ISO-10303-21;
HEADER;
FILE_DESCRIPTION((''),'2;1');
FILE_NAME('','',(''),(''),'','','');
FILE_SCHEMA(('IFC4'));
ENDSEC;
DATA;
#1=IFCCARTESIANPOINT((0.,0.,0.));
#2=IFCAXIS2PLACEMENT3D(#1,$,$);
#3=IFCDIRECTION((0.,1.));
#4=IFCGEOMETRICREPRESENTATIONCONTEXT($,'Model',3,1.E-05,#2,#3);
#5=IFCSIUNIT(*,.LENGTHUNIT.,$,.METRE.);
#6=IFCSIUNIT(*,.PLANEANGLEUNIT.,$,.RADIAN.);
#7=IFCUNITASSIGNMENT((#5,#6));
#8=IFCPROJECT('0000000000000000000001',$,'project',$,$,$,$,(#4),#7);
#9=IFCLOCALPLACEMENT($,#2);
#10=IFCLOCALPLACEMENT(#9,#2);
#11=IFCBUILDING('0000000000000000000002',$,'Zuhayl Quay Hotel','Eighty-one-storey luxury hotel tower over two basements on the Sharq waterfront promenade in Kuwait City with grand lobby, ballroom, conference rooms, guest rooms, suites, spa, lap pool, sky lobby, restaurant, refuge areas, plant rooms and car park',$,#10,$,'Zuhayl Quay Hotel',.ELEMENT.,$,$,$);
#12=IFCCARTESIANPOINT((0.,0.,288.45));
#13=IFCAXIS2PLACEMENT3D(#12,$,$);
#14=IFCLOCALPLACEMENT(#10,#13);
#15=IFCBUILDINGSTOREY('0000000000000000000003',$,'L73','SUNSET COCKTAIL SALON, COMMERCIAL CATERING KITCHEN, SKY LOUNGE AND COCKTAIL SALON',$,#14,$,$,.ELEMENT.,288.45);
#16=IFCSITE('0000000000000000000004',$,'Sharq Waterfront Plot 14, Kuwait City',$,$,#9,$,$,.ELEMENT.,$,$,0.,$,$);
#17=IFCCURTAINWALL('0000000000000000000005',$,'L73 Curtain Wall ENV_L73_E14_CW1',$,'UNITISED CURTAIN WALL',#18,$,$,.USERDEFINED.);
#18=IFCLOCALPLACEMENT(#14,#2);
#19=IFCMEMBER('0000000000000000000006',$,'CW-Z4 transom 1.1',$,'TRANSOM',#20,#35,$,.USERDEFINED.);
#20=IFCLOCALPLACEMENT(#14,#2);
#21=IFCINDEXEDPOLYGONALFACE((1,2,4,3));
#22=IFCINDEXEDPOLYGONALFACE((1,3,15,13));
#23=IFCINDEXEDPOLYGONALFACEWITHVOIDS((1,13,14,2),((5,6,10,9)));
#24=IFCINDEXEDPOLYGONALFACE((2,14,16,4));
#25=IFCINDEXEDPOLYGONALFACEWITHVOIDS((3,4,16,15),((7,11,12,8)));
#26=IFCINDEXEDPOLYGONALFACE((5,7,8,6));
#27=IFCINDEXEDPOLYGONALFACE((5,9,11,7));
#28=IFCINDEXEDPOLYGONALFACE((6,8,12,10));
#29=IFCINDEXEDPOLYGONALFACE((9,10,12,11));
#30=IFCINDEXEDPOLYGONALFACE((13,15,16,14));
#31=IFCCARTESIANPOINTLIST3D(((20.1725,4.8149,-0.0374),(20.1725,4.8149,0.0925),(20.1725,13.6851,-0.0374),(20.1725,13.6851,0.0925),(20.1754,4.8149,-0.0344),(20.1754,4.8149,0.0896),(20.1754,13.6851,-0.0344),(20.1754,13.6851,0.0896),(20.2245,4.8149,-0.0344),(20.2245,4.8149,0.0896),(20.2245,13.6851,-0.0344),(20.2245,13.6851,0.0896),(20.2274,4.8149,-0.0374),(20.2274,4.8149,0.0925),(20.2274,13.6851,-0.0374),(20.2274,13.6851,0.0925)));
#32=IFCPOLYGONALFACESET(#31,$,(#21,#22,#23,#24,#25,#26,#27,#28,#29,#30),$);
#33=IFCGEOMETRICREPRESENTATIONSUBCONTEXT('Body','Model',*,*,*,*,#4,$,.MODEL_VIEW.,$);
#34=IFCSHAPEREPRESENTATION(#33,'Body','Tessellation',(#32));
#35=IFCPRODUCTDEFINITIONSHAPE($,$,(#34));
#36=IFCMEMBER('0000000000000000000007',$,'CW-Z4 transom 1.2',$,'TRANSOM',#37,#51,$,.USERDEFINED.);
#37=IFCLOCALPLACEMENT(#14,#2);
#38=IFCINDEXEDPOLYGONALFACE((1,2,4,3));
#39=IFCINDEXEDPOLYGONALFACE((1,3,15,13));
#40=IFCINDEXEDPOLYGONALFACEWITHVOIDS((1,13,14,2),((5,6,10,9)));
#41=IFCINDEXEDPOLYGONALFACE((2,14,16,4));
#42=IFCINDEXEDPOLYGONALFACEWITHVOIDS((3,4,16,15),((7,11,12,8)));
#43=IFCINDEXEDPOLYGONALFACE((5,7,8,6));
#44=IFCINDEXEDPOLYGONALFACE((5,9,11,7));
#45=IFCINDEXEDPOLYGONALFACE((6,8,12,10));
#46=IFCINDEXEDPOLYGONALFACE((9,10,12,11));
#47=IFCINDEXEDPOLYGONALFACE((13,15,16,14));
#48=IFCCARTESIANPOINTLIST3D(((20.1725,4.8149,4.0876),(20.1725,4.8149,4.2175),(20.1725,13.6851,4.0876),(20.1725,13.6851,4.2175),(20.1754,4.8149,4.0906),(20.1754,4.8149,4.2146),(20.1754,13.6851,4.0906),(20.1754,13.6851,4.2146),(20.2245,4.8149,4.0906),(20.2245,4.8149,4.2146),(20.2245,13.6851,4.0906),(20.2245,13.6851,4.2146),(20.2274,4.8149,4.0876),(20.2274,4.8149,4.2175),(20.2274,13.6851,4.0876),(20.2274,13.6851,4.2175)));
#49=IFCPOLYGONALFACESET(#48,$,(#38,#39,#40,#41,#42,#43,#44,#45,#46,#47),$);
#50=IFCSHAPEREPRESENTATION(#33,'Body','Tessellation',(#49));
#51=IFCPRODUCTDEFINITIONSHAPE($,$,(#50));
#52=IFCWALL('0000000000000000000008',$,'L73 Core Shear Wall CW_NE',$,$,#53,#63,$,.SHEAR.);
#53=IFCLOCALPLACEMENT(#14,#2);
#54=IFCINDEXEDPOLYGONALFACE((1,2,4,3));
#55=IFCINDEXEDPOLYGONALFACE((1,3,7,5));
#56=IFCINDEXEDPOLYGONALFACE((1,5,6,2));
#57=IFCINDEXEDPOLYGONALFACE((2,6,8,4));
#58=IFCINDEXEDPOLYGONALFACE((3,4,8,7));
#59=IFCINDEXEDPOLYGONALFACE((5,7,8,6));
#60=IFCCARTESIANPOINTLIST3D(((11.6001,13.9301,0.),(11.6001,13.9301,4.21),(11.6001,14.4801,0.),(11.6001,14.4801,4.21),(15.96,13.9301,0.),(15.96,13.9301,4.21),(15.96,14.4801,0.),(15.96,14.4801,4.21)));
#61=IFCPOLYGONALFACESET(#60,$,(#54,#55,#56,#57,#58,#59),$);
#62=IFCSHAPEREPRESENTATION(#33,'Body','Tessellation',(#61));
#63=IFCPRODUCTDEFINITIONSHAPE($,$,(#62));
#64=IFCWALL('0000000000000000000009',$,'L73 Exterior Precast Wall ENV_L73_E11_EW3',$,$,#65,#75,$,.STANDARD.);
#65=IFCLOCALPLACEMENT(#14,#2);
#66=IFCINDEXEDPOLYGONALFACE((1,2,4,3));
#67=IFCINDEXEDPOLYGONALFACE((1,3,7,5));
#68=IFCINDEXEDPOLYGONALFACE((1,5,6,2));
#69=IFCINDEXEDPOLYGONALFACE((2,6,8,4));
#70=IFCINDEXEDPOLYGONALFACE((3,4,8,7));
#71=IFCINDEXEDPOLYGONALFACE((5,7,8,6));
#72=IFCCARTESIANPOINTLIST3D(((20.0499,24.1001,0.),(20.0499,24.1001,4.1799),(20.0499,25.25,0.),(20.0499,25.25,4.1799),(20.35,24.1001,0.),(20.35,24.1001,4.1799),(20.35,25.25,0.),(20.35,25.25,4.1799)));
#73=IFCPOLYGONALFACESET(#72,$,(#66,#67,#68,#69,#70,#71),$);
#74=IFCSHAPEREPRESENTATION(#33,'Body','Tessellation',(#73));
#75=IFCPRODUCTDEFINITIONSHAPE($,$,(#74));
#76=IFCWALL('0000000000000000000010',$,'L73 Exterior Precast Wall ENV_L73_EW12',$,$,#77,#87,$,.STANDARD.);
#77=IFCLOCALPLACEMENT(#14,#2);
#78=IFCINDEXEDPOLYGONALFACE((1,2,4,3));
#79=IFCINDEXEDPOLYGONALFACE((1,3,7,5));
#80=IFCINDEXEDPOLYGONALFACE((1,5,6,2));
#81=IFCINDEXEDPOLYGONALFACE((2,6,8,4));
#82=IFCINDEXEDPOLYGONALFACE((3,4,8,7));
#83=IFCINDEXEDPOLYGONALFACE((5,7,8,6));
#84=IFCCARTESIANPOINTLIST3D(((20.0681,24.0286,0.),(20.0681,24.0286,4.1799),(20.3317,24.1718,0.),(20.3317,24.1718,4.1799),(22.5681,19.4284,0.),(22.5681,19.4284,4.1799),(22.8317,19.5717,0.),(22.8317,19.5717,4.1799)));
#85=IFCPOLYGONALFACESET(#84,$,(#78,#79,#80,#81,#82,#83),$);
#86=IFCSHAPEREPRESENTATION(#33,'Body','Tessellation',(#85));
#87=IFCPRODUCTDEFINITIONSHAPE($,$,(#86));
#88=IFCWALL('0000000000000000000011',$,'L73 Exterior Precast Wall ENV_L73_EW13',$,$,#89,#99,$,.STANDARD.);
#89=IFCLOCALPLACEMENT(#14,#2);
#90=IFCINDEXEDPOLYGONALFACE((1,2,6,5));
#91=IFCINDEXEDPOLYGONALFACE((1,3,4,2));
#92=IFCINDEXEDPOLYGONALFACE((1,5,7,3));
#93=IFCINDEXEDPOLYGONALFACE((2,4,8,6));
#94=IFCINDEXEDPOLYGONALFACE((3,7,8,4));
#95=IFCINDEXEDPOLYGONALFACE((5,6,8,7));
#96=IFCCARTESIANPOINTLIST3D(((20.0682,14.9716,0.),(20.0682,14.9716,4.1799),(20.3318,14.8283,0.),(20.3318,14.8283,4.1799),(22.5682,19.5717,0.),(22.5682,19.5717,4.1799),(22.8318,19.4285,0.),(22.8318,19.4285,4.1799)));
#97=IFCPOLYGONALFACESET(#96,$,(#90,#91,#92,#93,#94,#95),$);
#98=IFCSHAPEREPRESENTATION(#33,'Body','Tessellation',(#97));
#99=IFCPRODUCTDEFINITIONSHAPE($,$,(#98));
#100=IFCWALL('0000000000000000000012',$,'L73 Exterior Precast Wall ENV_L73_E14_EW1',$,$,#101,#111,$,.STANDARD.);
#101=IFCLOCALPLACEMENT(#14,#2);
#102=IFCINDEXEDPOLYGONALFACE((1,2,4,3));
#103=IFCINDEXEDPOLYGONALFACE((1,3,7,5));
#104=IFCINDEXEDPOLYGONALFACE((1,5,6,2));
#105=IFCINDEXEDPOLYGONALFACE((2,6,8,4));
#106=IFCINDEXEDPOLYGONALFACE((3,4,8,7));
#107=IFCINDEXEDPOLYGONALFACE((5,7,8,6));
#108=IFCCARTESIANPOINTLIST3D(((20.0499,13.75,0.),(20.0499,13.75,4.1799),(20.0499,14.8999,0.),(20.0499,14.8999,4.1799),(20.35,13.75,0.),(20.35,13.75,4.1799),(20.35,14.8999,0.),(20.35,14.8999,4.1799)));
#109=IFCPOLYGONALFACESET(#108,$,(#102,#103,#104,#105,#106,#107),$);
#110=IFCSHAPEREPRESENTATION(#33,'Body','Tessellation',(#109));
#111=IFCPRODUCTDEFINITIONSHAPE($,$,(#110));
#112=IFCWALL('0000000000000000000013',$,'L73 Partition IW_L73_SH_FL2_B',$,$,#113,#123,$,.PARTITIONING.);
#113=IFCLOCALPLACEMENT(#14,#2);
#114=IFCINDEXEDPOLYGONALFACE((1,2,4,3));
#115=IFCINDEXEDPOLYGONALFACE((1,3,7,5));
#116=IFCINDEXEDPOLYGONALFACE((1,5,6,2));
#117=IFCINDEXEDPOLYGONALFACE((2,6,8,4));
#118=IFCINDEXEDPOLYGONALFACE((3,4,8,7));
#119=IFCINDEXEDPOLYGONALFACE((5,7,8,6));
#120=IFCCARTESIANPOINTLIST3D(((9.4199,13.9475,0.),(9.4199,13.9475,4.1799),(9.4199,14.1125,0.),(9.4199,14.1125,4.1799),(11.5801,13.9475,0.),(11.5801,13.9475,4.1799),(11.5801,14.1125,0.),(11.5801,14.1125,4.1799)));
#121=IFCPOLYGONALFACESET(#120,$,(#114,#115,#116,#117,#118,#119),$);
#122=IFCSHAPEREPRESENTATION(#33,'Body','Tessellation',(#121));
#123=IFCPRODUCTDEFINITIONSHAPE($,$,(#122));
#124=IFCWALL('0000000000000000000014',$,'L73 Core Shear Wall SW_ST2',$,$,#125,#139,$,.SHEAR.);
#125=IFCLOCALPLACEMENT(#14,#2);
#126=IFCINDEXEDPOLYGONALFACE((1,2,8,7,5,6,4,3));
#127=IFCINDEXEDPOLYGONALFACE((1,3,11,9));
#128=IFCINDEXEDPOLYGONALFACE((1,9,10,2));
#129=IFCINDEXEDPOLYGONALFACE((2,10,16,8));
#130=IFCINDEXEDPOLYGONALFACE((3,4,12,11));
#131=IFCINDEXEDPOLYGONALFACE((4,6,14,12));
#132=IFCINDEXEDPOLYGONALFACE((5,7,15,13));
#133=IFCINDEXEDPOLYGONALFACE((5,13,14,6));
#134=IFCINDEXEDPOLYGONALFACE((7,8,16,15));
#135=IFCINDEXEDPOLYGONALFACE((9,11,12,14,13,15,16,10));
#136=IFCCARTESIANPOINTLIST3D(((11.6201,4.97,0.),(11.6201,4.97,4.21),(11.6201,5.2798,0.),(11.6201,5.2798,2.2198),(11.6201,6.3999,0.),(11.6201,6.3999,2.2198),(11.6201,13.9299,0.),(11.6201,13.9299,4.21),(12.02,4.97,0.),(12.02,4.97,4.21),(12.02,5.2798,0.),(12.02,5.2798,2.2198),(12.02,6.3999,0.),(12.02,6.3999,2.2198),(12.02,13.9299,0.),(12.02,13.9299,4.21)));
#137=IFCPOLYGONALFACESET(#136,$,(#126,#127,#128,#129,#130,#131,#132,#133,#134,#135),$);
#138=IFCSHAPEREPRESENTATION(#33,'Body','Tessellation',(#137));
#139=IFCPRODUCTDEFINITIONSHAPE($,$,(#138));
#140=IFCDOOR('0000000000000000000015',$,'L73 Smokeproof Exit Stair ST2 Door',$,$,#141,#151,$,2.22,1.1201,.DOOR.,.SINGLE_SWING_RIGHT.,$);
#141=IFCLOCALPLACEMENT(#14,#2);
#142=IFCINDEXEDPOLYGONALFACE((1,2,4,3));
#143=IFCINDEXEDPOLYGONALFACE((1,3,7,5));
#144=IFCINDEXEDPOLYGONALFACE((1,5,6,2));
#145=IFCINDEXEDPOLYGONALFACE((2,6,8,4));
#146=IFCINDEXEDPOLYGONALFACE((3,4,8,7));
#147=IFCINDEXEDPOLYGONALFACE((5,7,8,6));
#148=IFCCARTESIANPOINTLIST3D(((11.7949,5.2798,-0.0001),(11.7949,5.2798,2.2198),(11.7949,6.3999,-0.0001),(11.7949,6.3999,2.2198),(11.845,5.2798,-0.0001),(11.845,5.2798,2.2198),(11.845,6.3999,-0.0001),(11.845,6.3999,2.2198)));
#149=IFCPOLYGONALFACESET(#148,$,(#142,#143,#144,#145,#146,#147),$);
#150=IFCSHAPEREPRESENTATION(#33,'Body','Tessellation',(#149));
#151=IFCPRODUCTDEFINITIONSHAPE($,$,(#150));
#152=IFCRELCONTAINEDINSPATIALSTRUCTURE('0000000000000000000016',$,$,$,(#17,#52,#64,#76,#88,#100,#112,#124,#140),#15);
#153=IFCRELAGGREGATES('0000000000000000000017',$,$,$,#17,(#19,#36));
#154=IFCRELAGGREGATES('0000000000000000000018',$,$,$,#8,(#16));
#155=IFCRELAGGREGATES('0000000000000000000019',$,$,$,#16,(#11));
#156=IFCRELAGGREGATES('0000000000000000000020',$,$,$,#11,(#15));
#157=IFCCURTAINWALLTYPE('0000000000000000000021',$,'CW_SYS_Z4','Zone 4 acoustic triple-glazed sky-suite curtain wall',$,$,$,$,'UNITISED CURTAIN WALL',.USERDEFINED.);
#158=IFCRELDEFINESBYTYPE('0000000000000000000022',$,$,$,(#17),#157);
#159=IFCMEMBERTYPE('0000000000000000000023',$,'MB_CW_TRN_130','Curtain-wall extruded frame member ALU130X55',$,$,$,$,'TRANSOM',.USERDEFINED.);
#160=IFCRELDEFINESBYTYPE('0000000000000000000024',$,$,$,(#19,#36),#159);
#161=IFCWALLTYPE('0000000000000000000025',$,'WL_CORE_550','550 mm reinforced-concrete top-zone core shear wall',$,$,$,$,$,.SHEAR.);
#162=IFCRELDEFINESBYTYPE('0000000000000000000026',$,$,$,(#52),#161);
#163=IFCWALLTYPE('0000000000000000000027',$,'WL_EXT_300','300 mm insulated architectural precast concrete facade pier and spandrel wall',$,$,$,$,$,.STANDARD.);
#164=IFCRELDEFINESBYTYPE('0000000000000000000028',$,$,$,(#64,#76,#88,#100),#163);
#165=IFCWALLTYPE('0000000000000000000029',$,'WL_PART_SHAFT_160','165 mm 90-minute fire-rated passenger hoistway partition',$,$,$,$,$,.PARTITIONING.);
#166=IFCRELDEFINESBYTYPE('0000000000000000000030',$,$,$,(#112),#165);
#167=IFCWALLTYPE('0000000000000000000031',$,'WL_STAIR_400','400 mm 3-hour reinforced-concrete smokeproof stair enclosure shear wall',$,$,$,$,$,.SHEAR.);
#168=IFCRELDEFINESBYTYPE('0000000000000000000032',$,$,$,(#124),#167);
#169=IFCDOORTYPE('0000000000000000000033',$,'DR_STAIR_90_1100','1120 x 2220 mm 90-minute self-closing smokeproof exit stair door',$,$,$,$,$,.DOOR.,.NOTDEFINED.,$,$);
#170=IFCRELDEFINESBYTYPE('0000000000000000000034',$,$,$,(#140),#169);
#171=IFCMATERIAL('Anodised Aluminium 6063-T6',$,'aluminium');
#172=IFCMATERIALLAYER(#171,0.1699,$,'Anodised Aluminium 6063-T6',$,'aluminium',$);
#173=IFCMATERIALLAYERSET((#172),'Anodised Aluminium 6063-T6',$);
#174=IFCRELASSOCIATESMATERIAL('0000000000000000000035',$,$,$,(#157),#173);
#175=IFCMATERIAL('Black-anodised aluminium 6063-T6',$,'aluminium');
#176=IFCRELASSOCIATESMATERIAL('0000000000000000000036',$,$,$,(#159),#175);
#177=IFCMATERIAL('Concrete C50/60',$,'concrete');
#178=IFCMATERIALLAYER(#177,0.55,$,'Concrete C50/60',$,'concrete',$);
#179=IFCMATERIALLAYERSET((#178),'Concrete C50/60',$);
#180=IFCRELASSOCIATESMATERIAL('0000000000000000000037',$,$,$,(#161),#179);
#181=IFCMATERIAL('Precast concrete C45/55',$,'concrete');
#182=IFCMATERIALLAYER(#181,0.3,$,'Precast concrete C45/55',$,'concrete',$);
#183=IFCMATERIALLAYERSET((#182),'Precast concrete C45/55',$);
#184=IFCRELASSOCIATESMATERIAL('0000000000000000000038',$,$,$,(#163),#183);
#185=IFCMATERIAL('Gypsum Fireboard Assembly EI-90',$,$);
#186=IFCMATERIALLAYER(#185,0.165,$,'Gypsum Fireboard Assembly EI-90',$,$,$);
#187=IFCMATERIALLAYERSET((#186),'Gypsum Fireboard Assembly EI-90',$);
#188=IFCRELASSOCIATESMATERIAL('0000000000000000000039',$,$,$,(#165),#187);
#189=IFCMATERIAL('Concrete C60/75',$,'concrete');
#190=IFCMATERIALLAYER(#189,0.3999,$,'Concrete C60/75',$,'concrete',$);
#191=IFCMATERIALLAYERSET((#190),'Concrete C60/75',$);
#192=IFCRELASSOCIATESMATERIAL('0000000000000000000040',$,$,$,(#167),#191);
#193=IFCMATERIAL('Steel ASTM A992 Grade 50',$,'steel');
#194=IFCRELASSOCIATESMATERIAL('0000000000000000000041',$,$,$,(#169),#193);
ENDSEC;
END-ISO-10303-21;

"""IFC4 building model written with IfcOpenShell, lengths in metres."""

from ifc_helpers import new_model, si_unit, direction, frame, frame_2d, origin, origin_2d, place, context, subcontext, project, spatial, rectangle, hollow_rectangle, extrude, material, layer, layer_set, material_profile, profile_set, type_object, element, fill, aggregate, save


model = new_model("IFC4")

# Units and contexts
model_context = context("Model", 3, precision=1e-05, world=origin(), true_north=direction((0.0, 1.0)))
body_context = subcontext(model_context, "Body", "Model", "MODEL_VIEW")
ifc_project = project(units=[si_unit("LENGTHUNIT", "METRE"), si_unit("PLANEANGLEUNIT", "RADIAN")], contexts=[model_context])

# Site, building, storey
site_placement = place(None, origin())
site = spatial("IfcSite", under=ifc_project, at=site_placement, Name="Sharq Waterfront Plot 14, Kuwait City", CompositionType="ELEMENT", RefElevation=0.0)
building_placement = place(site_placement, origin())
building = spatial("IfcBuilding", under=site, at=building_placement, Name="Zuhayl Quay Hotel", Description="Eighty-one-storey luxury hotel tower over two basements on the Sharq waterfront promenade in Kuwait City with grand lobby, ballroom, conference rooms, guest rooms, suites, spa, lap pool, sky lobby, restaurant, refuge areas, plant rooms and car park", LongName="Zuhayl Quay Hotel", CompositionType="ELEMENT")
storey_placement = place(building_placement, frame((0.0, 0.0, 288.45)))
storey = spatial("IfcBuildingStorey", under=building, at=storey_placement, Name="L73", Description="SUNSET COCKTAIL SALON, COMMERCIAL CATERING KITCHEN, SKY LOUNGE AND COCKTAIL SALON", CompositionType="ELEMENT", Elevation=288.45)

# Shared definitions
ifc_material_1 = material(Name="Concrete C60/75", Category="concrete")

# Shared definitions
ifc_material_2 = material(Name="Steel ASTM A992 Grade 50", Category="steel")

# Shared definitions
ifc_material_3 = material(Name="Anodised Aluminium 6063-T6", Category="aluminium")
ifc_layer_1 = layer(ifc_material_3, 0.1699, Name="Anodised Aluminium 6063-T6", Category="aluminium")
ifc_layer_set_1 = layer_set([ifc_layer_1], Name="Anodised Aluminium 6063-T6")
curtain_wall_type = type_object("IfcCurtainWallType", Name="CW_SYS_Z4", Description="Zone 4 acoustic triple-glazed sky-suite curtain wall", ElementType="UNITISED CURTAIN WALL", PredefinedType="USERDEFINED", material=ifc_layer_set_1)
ifc_material_4 = material(Name="Black-anodised aluminium 6063-T6", Category="aluminium")

# Curtain wall, members
curtain_wall_1_placement = place(storey_placement, origin())
curtain_wall_1 = element("IfcCurtainWall", 1, at=curtain_wall_1_placement, inside=storey, type_object=curtain_wall_type, Name="L73 Curtain Wall ENV_L73_E14_CW1", ObjectType="UNITISED CURTAIN WALL", PredefinedType="USERDEFINED")
ifc_material_profile_1 = material_profile(ifc_material_4, hollow_rectangle(XDim=0.0549, YDim=0.1299, WallThickness=0.0029, at=origin_2d()), Name="ALU130X55")
ifc_profile_set_1 = profile_set([ifc_material_profile_1], Name="Black-anodised aluminium 6063-T6")
member_type_1 = type_object("IfcMemberType", Name="MB_CW_TRN_130", Description="Curtain-wall extruded frame member ALU130X55", ElementType="TRANSOM", PredefinedType="USERDEFINED", material=ifc_profile_set_1)
member_1_placement = place(storey_placement, frame((20.2, 13.6851, 0.0276), z_axis=(0.0, -1.0, 0.0), x_axis=(1.0, 0.0, 0.0)))
member_1 = element("IfcMember", 2, at=member_1_placement, type_object=member_type_1, Name="CW-Z4 transom 1.1", ObjectType="TRANSOM", PredefinedType="USERDEFINED", context=body_context, shape_type="SweptSolid", body=[
    extrude(hollow_rectangle(XDim=0.0549, YDim=0.1299, WallThickness=0.0029, at=origin_2d()), origin(), (0.0, 0.0, 1.0), 8.8701),
])
member_2_placement = place(storey_placement, frame((20.2, 13.6851, 4.1526), z_axis=(0.0, -1.0, 0.0), x_axis=(1.0, 0.0, 0.0)))
member_2 = element("IfcMember", 3, at=member_2_placement, type_object=member_type_1, Name="CW-Z4 transom 1.2", ObjectType="TRANSOM", PredefinedType="USERDEFINED", context=body_context, shape_type="SweptSolid", body=[
    extrude(hollow_rectangle(XDim=0.0549, YDim=0.1299, WallThickness=0.0029, at=origin_2d()), origin(), (0.0, 0.0, 1.0), 8.8701),
])
aggregate(curtain_wall_1, [member_1, member_2])

# Walls
ifc_material_5 = material(Name="Concrete C50/60", Category="concrete")
ifc_layer_2 = layer(ifc_material_5, 0.55, Name="Concrete C50/60", Category="concrete")
ifc_layer_set_2 = layer_set([ifc_layer_2], Name="Concrete C50/60")
wall_type_1 = type_object("IfcWallType", Name="WL_CORE_550", Description="550 mm reinforced-concrete top-zone core shear wall", PredefinedType="SHEAR", material=ifc_layer_set_2)
wall_1_placement = place(storey_placement, frame((11.6001, 14.2051, 0.0), z_axis=(0.0, 0.0, 1.0), x_axis=(1.0, 0.0, 0.0)))
element("IfcWall", 4, at=wall_1_placement, inside=storey, type_object=wall_type_1, Name="L73 Core Shear Wall CW_NE", PredefinedType="SHEAR", context=body_context, shape_type="SweptSolid", body=[
    extrude(rectangle(XDim=4.3599, YDim=0.55, at=frame_2d((2.1799, 0.0))), origin(), (0.0, 0.0, 1.0), 4.21),
])
ifc_material_6 = material(Name="Precast concrete C45/55", Category="concrete")
ifc_layer_3 = layer(ifc_material_6, 0.3, Name="Precast concrete C45/55", Category="concrete")
ifc_layer_set_3 = layer_set([ifc_layer_3], Name="Precast concrete C45/55")
wall_type_2 = type_object("IfcWallType", Name="WL_EXT_300", Description="300 mm insulated architectural precast concrete facade pier and spandrel wall", PredefinedType="STANDARD", material=ifc_layer_set_3)
wall_2_placement = place(storey_placement, frame((20.2, 25.25, 0.0), z_axis=(0.0, 0.0, 1.0), x_axis=(0.0, -1.0, 0.0)))
element("IfcWall", 5, at=wall_2_placement, inside=storey, type_object=wall_type_2, Name="L73 Exterior Precast Wall ENV_L73_E11_EW3", PredefinedType="STANDARD", context=body_context, shape_type="SweptSolid", body=[
    extrude(rectangle(XDim=1.1499, YDim=0.3, at=frame_2d((0.575, 0.0))), origin(), (0.0, 0.0, 1.0), 4.1799),
])
for number, where, z_axis, x_axis, name in (
    (6, (20.2, 24.1001, 0.0), (0.0, 0.0, 1.0), (0.477505, -0.878629, 0.0), "L73 Exterior Precast Wall ENV_L73_EW12"),
    (7, (22.7, 19.5, 0.0), (0.0, 0.0, 1.0), (-0.477505, -0.878629, 0.0), "L73 Exterior Precast Wall ENV_L73_EW13"),
):
    element("IfcWall", number, at=place(storey_placement, frame(where, z_axis=z_axis, x_axis=x_axis)), inside=storey, type_object=wall_type_2, Name=name, PredefinedType="STANDARD", context=body_context, shape_type="SweptSolid", body=[
        extrude(rectangle(XDim=5.2356, YDim=0.3, at=frame_2d((2.6177, 0.0))), origin(), (0.0, 0.0, 1.0), 4.1799),
    ])
wall_3_placement = place(storey_placement, frame((20.2, 14.8999, 0.0), z_axis=(0.0, 0.0, 1.0), x_axis=(0.0, -1.0, 0.0)))
element("IfcWall", 8, at=wall_3_placement, inside=storey, type_object=wall_type_2, Name="L73 Exterior Precast Wall ENV_L73_E14_EW1", PredefinedType="STANDARD", context=body_context, shape_type="SweptSolid", body=[
    extrude(rectangle(XDim=1.1499, YDim=0.3, at=frame_2d((0.575, 0.0))), origin(), (0.0, 0.0, 1.0), 4.1799),
])
ifc_material_7 = material(Name="Gypsum Fireboard Assembly EI-90")
ifc_layer_4 = layer(ifc_material_7, 0.165, Name="Gypsum Fireboard Assembly EI-90")
ifc_layer_set_4 = layer_set([ifc_layer_4], Name="Gypsum Fireboard Assembly EI-90")
wall_type_3 = type_object("IfcWallType", Name="WL_PART_SHAFT_160", Description="165 mm 90-minute fire-rated passenger hoistway partition", PredefinedType="PARTITIONING", material=ifc_layer_set_4)
wall_4_placement = place(storey_placement, frame((9.4199, 14.03, 0.0), z_axis=(0.0, 0.0, 1.0), x_axis=(1.0, 0.0, 0.0)))
element("IfcWall", 9, at=wall_4_placement, inside=storey, type_object=wall_type_3, Name="L73 Partition IW_L73_SH_FL2_B", PredefinedType="PARTITIONING", context=body_context, shape_type="SweptSolid", body=[
    extrude(rectangle(XDim=2.1602, YDim=0.165, at=frame_2d((1.0801, 0.0))), origin(), (0.0, 0.0, 1.0), 4.1799),
])

# Wall, opening, door
ifc_layer_5 = layer(ifc_material_1, 0.3999, Name="Concrete C60/75", Category="concrete")
ifc_layer_set_5 = layer_set([ifc_layer_5], Name="Concrete C60/75")
wall_type_4 = type_object("IfcWallType", Name="WL_STAIR_400", Description="400 mm 3-hour reinforced-concrete smokeproof stair enclosure shear wall", PredefinedType="SHEAR", material=ifc_layer_set_5)
wall_5_placement = place(storey_placement, frame((11.8201, 13.9299, 0.0), z_axis=(0.0, 0.0, 1.0), x_axis=(0.0, -1.0, 0.0)))
wall_5 = element("IfcWall", 10, at=wall_5_placement, inside=storey, type_object=wall_type_4, Name="L73 Core Shear Wall SW_ST2", PredefinedType="SHEAR", context=body_context, shape_type="SweptSolid", body=[
    extrude(rectangle(XDim=8.96, YDim=0.3999, at=frame_2d((4.48, 0.0))), origin(), (0.0, 0.0, 1.0), 4.21),
])
opening_placement = place(wall_5_placement, frame((7.53, 0.0, 0.0)))
opening = element("IfcOpeningElement", 11, at=opening_placement, cuts=wall_5, PredefinedType="OPENING", context=body_context, shape_type="SweptSolid", body=[
    extrude(rectangle(XDim=1.1201, YDim=2.22, at=frame_2d((0.5601, 1.1099))), frame((0.0, 0.21, 0.0), z_axis=(0.0, -1.0, 0.0), x_axis=(1.0, 0.0, 0.0)), (0.0, 0.0, 1.0), 0.4199),
])
door_type = type_object("IfcDoorType", Name="DR_STAIR_90_1100", Description="1120 x 2220 mm 90-minute self-closing smokeproof exit stair door", OperationType="NOTDEFINED", PredefinedType="DOOR", material=ifc_material_2)
door_placement = place(opening_placement, origin())
door = element("IfcDoor", 12, at=door_placement, inside=storey, type_object=door_type, Name="L73 Smokeproof Exit Stair ST2 Door", OperationType="SINGLE_SWING_RIGHT", OverallHeight=2.22, OverallWidth=1.1201, PredefinedType="DOOR", context=body_context, shape_type="SweptSolid", body=[
    extrude(rectangle(XDim=1.1201, YDim=2.22, at=frame_2d((0.5601, 1.1099))), frame((0.0, 0.0249, 0.0), z_axis=(0.0, -1.0, 0.0), x_axis=(1.0, 0.0, 0.0)), (0.0, 0.0, 1.0), 0.05),
])
fill(opening, door)

save(model, "model.ifc")
